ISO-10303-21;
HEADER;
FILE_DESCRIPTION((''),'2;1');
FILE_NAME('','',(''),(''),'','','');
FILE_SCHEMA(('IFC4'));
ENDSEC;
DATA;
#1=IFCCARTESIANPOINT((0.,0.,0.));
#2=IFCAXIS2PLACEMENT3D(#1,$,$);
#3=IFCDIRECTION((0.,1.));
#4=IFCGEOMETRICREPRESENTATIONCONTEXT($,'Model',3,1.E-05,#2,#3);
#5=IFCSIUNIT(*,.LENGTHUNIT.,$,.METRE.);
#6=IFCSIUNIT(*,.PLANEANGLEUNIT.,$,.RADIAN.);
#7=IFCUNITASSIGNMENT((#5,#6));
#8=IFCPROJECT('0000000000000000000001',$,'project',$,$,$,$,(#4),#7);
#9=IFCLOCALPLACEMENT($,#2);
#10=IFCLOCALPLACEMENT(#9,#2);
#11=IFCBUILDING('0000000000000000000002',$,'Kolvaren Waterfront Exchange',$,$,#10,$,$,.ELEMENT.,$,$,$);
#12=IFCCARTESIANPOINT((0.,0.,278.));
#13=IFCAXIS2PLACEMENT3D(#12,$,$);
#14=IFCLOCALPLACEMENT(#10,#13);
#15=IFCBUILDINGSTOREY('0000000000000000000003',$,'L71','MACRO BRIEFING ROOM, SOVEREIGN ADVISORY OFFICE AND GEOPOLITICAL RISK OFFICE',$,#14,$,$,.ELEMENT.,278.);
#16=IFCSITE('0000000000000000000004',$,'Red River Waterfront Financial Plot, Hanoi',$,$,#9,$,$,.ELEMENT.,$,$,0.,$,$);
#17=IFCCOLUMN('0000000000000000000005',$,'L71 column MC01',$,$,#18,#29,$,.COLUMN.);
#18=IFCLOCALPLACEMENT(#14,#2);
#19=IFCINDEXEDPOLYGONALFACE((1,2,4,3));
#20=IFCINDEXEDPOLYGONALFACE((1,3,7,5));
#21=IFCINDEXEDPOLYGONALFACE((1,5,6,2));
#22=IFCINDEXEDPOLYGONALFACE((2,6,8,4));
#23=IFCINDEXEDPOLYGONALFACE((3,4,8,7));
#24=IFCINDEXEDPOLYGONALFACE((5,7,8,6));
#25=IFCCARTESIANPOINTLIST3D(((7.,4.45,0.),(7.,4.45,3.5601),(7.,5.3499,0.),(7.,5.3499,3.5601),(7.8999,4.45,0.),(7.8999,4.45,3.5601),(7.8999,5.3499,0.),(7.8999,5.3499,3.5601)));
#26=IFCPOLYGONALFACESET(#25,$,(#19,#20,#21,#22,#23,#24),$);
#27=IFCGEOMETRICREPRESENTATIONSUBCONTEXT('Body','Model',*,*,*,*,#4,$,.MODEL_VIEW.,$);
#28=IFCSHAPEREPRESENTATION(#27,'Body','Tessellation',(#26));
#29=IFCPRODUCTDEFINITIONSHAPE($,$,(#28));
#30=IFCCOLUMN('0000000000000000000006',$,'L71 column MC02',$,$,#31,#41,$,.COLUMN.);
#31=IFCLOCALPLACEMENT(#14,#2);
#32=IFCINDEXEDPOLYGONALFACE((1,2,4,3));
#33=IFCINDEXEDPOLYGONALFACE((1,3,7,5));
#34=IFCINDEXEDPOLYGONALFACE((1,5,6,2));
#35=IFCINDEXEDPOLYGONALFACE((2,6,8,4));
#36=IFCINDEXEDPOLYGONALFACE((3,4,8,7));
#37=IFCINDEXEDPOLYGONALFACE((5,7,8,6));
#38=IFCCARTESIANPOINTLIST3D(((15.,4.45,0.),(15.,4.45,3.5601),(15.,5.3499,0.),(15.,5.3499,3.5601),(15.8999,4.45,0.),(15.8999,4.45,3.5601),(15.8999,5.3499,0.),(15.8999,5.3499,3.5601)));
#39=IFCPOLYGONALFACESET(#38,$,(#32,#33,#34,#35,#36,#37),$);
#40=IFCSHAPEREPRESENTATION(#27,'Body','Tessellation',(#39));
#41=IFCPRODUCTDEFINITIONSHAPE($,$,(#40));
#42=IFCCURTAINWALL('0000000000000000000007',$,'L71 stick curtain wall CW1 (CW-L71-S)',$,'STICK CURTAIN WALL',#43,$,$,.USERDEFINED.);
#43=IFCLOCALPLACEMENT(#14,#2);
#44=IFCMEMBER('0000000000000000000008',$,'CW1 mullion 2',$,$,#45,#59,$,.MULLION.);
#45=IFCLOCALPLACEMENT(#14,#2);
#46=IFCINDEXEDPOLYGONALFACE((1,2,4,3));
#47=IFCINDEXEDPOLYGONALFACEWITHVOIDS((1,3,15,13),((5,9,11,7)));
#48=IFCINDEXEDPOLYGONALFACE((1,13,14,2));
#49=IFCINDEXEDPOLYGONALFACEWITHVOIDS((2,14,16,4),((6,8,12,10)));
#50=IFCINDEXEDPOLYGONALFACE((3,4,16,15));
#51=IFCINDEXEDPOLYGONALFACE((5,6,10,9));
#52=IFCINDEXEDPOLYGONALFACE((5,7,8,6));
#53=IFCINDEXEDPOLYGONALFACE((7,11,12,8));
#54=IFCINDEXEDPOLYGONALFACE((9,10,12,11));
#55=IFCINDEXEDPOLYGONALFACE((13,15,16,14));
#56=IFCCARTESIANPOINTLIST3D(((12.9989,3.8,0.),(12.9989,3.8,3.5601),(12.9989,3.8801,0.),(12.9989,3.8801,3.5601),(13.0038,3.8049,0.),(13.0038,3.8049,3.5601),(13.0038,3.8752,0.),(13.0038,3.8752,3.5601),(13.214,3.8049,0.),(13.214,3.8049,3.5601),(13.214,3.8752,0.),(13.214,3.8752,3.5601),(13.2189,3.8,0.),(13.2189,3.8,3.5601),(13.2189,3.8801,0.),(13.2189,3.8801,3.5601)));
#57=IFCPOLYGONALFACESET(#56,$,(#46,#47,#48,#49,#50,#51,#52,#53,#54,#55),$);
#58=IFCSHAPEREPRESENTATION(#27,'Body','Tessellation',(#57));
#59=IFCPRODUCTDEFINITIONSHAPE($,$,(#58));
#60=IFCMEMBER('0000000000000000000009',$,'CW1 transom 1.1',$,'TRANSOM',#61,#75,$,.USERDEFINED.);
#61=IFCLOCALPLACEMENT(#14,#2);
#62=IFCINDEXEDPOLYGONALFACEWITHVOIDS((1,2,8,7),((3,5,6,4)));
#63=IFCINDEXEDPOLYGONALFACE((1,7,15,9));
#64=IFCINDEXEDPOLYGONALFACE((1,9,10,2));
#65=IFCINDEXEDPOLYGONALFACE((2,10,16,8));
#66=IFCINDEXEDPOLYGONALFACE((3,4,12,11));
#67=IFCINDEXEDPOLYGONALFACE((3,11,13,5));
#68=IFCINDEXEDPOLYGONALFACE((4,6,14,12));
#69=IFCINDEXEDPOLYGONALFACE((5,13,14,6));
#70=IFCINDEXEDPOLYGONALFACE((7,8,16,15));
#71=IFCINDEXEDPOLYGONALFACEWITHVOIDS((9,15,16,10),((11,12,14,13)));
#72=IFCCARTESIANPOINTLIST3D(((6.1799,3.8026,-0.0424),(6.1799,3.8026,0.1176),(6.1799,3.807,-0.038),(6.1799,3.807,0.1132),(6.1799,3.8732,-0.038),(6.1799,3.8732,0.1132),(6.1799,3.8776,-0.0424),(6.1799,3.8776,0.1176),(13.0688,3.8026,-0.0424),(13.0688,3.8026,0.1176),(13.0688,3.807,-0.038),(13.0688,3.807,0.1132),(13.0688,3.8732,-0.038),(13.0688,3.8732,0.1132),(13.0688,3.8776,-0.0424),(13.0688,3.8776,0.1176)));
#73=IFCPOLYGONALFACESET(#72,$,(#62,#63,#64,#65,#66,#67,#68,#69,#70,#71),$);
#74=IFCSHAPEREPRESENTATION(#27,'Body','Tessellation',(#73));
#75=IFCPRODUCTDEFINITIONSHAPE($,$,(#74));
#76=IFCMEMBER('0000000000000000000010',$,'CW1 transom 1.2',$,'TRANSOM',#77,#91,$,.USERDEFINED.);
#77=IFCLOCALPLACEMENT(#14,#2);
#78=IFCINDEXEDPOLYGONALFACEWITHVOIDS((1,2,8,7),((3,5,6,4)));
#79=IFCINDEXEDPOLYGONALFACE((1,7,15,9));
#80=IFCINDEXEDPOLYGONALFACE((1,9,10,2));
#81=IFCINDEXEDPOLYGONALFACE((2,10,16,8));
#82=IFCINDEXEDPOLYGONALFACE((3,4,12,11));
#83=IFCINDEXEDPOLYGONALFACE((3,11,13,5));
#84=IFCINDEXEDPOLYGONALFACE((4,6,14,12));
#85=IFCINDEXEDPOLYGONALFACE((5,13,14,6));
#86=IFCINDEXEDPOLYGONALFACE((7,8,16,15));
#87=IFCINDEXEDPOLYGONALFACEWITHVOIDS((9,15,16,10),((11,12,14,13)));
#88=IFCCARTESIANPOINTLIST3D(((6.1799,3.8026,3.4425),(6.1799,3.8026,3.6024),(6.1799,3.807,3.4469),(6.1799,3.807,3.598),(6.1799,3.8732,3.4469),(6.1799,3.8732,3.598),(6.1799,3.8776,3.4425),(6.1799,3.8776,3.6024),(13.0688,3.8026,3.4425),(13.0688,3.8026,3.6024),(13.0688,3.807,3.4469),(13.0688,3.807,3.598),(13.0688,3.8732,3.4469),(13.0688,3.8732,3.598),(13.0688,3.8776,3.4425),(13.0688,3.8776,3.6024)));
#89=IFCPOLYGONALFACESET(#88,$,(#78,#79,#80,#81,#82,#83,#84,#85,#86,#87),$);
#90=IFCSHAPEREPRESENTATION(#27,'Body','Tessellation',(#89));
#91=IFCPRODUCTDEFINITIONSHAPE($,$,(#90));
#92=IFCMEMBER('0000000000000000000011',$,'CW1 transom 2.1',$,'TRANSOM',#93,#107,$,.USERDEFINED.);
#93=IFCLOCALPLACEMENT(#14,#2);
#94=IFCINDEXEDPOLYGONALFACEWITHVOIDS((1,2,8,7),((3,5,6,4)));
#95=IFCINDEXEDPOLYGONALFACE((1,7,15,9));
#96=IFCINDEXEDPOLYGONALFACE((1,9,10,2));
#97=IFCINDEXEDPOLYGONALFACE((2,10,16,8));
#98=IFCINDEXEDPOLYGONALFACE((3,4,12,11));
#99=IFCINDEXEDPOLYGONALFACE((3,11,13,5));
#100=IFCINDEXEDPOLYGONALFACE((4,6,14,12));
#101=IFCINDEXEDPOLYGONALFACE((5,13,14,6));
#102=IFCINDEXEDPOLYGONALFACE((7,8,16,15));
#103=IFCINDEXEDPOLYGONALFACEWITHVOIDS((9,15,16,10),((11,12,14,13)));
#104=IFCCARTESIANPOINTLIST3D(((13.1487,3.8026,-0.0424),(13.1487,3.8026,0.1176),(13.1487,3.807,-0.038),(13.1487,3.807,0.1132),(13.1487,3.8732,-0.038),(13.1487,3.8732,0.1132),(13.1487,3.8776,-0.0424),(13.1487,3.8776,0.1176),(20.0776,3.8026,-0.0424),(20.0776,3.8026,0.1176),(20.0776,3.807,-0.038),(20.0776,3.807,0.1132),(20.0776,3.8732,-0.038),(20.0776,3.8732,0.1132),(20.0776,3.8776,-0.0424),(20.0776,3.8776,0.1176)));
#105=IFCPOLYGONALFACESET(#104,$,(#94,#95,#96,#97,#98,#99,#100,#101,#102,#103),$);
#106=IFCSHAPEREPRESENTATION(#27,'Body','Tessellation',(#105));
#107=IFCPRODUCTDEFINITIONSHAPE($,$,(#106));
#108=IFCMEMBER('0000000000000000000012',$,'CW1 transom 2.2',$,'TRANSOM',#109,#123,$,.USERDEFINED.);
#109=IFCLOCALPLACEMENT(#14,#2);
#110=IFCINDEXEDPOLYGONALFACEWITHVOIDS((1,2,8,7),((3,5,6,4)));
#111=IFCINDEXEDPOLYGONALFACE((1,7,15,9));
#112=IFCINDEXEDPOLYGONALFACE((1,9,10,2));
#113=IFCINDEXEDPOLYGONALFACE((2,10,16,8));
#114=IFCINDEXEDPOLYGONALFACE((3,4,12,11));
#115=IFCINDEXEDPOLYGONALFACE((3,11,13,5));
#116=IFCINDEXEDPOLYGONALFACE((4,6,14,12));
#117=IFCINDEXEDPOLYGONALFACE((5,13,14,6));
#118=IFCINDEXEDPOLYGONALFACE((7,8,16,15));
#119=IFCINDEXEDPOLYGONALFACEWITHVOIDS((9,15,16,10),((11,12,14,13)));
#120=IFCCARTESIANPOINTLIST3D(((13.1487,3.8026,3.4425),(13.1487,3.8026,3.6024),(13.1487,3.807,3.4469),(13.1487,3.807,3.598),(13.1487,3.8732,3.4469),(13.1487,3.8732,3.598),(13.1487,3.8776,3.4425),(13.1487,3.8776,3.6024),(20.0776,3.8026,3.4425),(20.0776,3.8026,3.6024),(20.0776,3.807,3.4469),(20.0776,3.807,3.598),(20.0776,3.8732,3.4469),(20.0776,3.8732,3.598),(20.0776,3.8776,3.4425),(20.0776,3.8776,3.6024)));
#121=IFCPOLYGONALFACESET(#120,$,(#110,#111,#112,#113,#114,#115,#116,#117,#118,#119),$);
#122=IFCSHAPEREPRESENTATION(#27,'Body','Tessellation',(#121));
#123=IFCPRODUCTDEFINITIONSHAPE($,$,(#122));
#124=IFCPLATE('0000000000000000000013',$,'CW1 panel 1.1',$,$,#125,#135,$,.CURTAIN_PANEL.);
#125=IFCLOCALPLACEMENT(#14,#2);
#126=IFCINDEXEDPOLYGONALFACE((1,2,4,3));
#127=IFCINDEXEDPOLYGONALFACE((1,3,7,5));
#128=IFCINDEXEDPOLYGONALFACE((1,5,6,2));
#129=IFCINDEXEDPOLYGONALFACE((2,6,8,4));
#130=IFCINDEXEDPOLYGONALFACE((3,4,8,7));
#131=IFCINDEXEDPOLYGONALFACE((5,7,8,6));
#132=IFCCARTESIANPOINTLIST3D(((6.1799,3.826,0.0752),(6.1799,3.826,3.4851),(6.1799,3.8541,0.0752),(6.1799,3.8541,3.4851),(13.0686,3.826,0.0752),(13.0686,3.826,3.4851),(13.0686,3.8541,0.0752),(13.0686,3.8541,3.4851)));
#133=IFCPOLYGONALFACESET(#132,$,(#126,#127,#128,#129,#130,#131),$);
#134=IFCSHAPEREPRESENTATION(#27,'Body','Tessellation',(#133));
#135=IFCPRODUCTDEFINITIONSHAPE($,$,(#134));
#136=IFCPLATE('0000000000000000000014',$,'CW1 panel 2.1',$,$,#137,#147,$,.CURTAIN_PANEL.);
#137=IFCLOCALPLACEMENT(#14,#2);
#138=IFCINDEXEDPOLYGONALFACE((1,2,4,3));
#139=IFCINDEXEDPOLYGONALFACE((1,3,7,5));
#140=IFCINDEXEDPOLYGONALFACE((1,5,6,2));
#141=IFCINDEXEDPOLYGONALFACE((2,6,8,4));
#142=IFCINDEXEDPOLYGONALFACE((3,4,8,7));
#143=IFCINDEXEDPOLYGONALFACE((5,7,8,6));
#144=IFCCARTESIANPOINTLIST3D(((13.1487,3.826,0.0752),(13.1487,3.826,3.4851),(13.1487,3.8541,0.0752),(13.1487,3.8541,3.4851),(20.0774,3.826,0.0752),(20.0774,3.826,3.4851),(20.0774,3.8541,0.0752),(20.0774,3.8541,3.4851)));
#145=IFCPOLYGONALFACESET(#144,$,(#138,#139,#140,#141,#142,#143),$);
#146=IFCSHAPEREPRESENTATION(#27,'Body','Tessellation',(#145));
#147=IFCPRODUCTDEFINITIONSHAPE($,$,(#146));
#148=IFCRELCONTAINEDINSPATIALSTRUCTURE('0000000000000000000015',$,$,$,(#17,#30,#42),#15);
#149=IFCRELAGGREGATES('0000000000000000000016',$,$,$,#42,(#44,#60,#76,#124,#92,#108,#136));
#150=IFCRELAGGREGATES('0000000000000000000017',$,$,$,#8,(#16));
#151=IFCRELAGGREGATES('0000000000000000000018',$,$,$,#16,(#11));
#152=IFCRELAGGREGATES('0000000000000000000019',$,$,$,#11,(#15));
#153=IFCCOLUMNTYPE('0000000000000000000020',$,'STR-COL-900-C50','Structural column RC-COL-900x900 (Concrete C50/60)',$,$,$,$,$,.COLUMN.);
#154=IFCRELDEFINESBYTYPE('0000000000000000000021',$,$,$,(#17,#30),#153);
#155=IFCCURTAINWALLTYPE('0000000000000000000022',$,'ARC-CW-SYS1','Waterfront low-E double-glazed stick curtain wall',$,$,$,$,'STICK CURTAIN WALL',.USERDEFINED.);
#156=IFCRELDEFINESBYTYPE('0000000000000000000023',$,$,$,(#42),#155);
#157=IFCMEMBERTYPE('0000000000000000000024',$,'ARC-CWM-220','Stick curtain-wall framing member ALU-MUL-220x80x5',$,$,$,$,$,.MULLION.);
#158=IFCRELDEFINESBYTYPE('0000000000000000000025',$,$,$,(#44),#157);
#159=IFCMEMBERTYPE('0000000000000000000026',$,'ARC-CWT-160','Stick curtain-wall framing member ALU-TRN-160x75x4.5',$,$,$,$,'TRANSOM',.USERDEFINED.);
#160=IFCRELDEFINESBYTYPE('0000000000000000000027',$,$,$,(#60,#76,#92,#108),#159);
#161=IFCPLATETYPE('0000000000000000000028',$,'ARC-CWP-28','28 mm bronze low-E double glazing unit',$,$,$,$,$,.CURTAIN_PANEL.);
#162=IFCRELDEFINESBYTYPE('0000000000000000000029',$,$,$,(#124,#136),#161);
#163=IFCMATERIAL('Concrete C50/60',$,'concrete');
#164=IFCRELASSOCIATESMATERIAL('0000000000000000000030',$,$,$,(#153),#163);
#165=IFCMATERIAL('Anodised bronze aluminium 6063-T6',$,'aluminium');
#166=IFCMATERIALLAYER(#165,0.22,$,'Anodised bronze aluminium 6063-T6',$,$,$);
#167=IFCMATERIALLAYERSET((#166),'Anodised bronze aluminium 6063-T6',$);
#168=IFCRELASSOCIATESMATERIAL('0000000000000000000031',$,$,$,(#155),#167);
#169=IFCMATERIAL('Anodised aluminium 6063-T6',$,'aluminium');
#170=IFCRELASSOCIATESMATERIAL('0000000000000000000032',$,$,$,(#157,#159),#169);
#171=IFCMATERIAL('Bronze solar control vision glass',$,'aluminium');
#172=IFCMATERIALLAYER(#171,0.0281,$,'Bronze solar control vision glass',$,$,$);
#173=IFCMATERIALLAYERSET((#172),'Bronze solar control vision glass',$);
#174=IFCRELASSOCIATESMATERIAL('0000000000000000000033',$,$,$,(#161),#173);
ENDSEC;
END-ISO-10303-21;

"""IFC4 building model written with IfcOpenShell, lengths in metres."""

from ifc_helpers import new_model, si_unit, direction, frame, origin, origin_with_axes, origin_2d, place, context, subcontext, project, spatial, rectangle, hollow_rectangle, extrude, source, transform, mapped, material, layer, layer_set, material_profile, profile_set, type_object, element, aggregate, save


model = new_model("IFC4")

# Units and contexts
model_context = context("Model", 3, precision=1e-05, world=origin(), true_north=direction((0.0, 1.0)))
body_context = subcontext(model_context, "Body", "Model", "MODEL_VIEW")
ifc_project = project(units=[si_unit("LENGTHUNIT", "METRE"), si_unit("PLANEANGLEUNIT", "RADIAN")], contexts=[model_context])

# Site, building, storey
site_placement = place(None, origin())
site = spatial("IfcSite", under=ifc_project, at=site_placement, Name="Red River Waterfront Financial Plot, Hanoi", CompositionType="ELEMENT", RefElevation=0.0)
building_placement = place(site_placement, origin())
building = spatial("IfcBuilding", under=site, at=building_placement, Name="Kolvaren Waterfront Exchange", CompositionType="ELEMENT")
storey_placement = place(building_placement, frame((0.0, 0.0, 278.0)))
storey = spatial("IfcBuildingStorey", under=building, at=storey_placement, Name="L71", Description="MACRO BRIEFING ROOM, SOVEREIGN ADVISORY OFFICE AND GEOPOLITICAL RISK OFFICE", CompositionType="ELEMENT", Elevation=278.0)

# Columns
ifc_material_1 = material(Name="Concrete C50/60", Category="concrete")
ifc_material_profile_1 = material_profile(ifc_material_1, rectangle(XDim=0.8999, YDim=0.8999, at=origin_2d()), Name="RC-COL-900x900")
ifc_profile_set_1 = profile_set([ifc_material_profile_1], Name="Concrete C50/60")
column_type = type_object("IfcColumnType", Name="STR-COL-900-C50", Description="Structural column RC-COL-900x900 (Concrete C50/60)", PredefinedType="COLUMN", material=ifc_profile_set_1)
for number, where, z_axis, x_axis, name in (
    (1, (7.45, 4.8999, 0.0), (0.0, 0.0, 1.0), (1.0, 0.0, 0.0), "L71 column MC01"),
    (2, (15.45, 4.8999, 0.0), (0.0, 0.0, 1.0), (1.0, 0.0, 0.0), "L71 column MC02"),
):
    element("IfcColumn", number, at=place(storey_placement, frame(where, z_axis=z_axis, x_axis=x_axis)), inside=storey, type_object=column_type, Name=name, PredefinedType="COLUMN", context=body_context, shape_type="SweptSolid", body=[
        extrude(rectangle(XDim=0.8999, YDim=0.8999, at=origin_2d()), origin(), (0.0, 0.0, 1.0), 3.5601),
    ])

# Curtain wall, members, plates
ifc_material_2 = material(Name="Anodised bronze aluminium 6063-T6", Category="aluminium")
ifc_layer_1 = layer(ifc_material_2, 0.22, Name="Anodised bronze aluminium 6063-T6")
ifc_layer_set_1 = layer_set([ifc_layer_1], Name="Anodised bronze aluminium 6063-T6")
curtain_wall_type = type_object("IfcCurtainWallType", Name="ARC-CW-SYS1", Description="Waterfront low-E double-glazed stick curtain wall", ElementType="STICK CURTAIN WALL", PredefinedType="USERDEFINED", material=ifc_layer_set_1)
curtain_wall_placement = place(storey_placement, origin())
curtain_wall = element("IfcCurtainWall", 3, at=curtain_wall_placement, inside=storey, type_object=curtain_wall_type, Name="L71 stick curtain wall CW1 (CW-L71-S)", ObjectType="STICK CURTAIN WALL", PredefinedType="USERDEFINED")
ifc_material_3 = material(Name="Anodised aluminium 6063-T6", Category="aluminium")
ifc_material_profile_2 = material_profile(ifc_material_3, hollow_rectangle(XDim=0.0801, YDim=0.22, WallThickness=0.0049, at=origin_2d()), Name="ALU-MUL-220x80x5")
ifc_profile_set_2 = profile_set([ifc_material_profile_2], Name="Anodised aluminium 6063-T6")
member_type_1 = type_object("IfcMemberType", Name="ARC-CWM-220", Description="Stick curtain-wall framing member ALU-MUL-220x80x5", PredefinedType="MULLION", material=ifc_profile_set_2)
shared_shape_1 = source(origin_with_axes(), body_context, "Body", "SweptSolid", [
    extrude(hollow_rectangle(XDim=0.0801, YDim=0.22, WallThickness=0.0049, at=origin_2d()), origin(), (0.0, 0.0, 1.0), 3.5601),
])
member_1_placement = place(storey_placement, frame((13.1089, 3.8401, 0.0), z_axis=(0.0, 0.0, 1.0), x_axis=(0.0, 1.0, 0.0)))
member_1 = element("IfcMember", 4, at=member_1_placement, type_object=member_type_1, Name="CW1 mullion 2", PredefinedType="MULLION", context=body_context, shape_type="MappedRepresentation", body=[
    mapped(shared_shape_1, transform((0.0, 0.0, 0.0), x_axis=(1.0, 0.0, 0.0), y_axis=(0.0, 1.0, 0.0), z_axis=(0.0, 0.0, 1.0), scale=1.0)),
])
ifc_material_profile_3 = material_profile(ifc_material_3, hollow_rectangle(XDim=0.075, YDim=0.1599, WallThickness=0.0044, at=origin_2d()), Name="ALU-TRN-160x75x4.5")
ifc_profile_set_3 = profile_set([ifc_material_profile_3], Name="Anodised aluminium 6063-T6")
member_type_2 = type_object("IfcMemberType", Name="ARC-CWT-160", Description="Stick curtain-wall framing member ALU-TRN-160x75x4.5", ElementType="TRANSOM", PredefinedType="USERDEFINED", material=ifc_profile_set_3)
shared_shape_2 = source(origin_with_axes(), body_context, "Body", "SweptSolid", [
    extrude(hollow_rectangle(XDim=0.075, YDim=0.1599, WallThickness=0.0044, at=origin_2d()), origin(), (0.0, 0.0, 1.0), 6.8889),
])
member_2_placement = place(storey_placement, frame((6.1799, 3.8401, 0.0376), z_axis=(1.0, 0.0, 0.0), x_axis=(0.0, 1.0, 0.0)))
member_2 = element("IfcMember", 5, at=member_2_placement, type_object=member_type_2, Name="CW1 transom 1.1", ObjectType="TRANSOM", PredefinedType="USERDEFINED", context=body_context, shape_type="MappedRepresentation", body=[
    mapped(shared_shape_2, transform((0.0, 0.0, 0.0), x_axis=(1.0, 0.0, 0.0), y_axis=(0.0, 1.0, 0.0), z_axis=(0.0, 0.0, 1.0), scale=1.0)),
])
member_3_placement = place(storey_placement, frame((6.1799, 3.8401, 3.5225), z_axis=(1.0, 0.0, 0.0), x_axis=(0.0, 1.0, 0.0)))
member_3 = element("IfcMember", 6, at=member_3_placement, type_object=member_type_2, Name="CW1 transom 1.2", ObjectType="TRANSOM", PredefinedType="USERDEFINED", context=body_context, shape_type="MappedRepresentation", body=[
    mapped(shared_shape_2, transform((0.0, 0.0, 0.0), x_axis=(1.0, 0.0, 0.0), y_axis=(0.0, 1.0, 0.0), z_axis=(0.0, 0.0, 1.0), scale=1.0)),
])
shared_shape_3 = source(origin_with_axes(), body_context, "Body", "SweptSolid", [
    extrude(hollow_rectangle(XDim=0.075, YDim=0.1599, WallThickness=0.0044, at=origin_2d()), origin(), (0.0, 0.0, 1.0), 6.929),
])
member_4_placement = place(storey_placement, frame((13.1487, 3.8401, 0.0376), z_axis=(1.0, 0.0, 0.0), x_axis=(0.0, 1.0, 0.0)))
member_4 = element("IfcMember", 7, at=member_4_placement, type_object=member_type_2, Name="CW1 transom 2.1", ObjectType="TRANSOM", PredefinedType="USERDEFINED", context=body_context, shape_type="MappedRepresentation", body=[
    mapped(shared_shape_3, transform((0.0, 0.0, 0.0), x_axis=(1.0, 0.0, 0.0), y_axis=(0.0, 1.0, 0.0), z_axis=(0.0, 0.0, 1.0), scale=1.0)),
])
member_5_placement = place(storey_placement, frame((13.1487, 3.8401, 3.5225), z_axis=(1.0, 0.0, 0.0), x_axis=(0.0, 1.0, 0.0)))
member_5 = element("IfcMember", 8, at=member_5_placement, type_object=member_type_2, Name="CW1 transom 2.2", ObjectType="TRANSOM", PredefinedType="USERDEFINED", context=body_context, shape_type="MappedRepresentation", body=[
    mapped(shared_shape_3, transform((0.0, 0.0, 0.0), x_axis=(1.0, 0.0, 0.0), y_axis=(0.0, 1.0, 0.0), z_axis=(0.0, 0.0, 1.0), scale=1.0)),
])
ifc_material_4 = material(Name="Bronze solar control vision glass", Category="aluminium")
ifc_layer_2 = layer(ifc_material_4, 0.0281, Name="Bronze solar control vision glass")
ifc_layer_set_2 = layer_set([ifc_layer_2], Name="Bronze solar control vision glass")
plate_type = type_object("IfcPlateType", Name="ARC-CWP-28", Description="28 mm bronze low-E double glazing unit", PredefinedType="CURTAIN_PANEL", material=ifc_layer_set_2)
shared_shape_4 = source(origin_with_axes(), body_context, "Body", "SweptSolid", [
    extrude(rectangle(XDim=6.8887, YDim=0.0281, at=origin_2d()), origin(), (0.0, 0.0, 1.0), 3.4099),
])
plate_1_placement = place(storey_placement, frame((9.6243, 3.8401, 0.0752), z_axis=(0.0, 0.0, 1.0), x_axis=(1.0, 0.0, 0.0)))
plate_1 = element("IfcPlate", 9, at=plate_1_placement, type_object=plate_type, Name="CW1 panel 1.1", PredefinedType="CURTAIN_PANEL", context=body_context, shape_type="MappedRepresentation", body=[
    mapped(shared_shape_4, transform((0.0, 0.0, 0.0), x_axis=(1.0, 0.0, 0.0), y_axis=(0.0, 1.0, 0.0), z_axis=(0.0, 0.0, 1.0), scale=1.0)),
])
shared_shape_5 = source(origin_with_axes(), body_context, "Body", "SweptSolid", [
    extrude(rectangle(XDim=6.9287, YDim=0.0281, at=origin_2d()), origin(), (0.0, 0.0, 1.0), 3.4099),
])
plate_2_placement = place(storey_placement, frame((16.613, 3.8401, 0.0752), z_axis=(0.0, 0.0, 1.0), x_axis=(1.0, 0.0, 0.0)))
plate_2 = element("IfcPlate", 10, at=plate_2_placement, type_object=plate_type, Name="CW1 panel 2.1", PredefinedType="CURTAIN_PANEL", context=body_context, shape_type="MappedRepresentation", body=[
    mapped(shared_shape_5, transform((0.0, 0.0, 0.0), x_axis=(1.0, 0.0, 0.0), y_axis=(0.0, 1.0, 0.0), z_axis=(0.0, 0.0, 1.0), scale=1.0)),
])
aggregate(curtain_wall, [member_1, member_2, member_3, plate_1, member_4, member_5, plate_2])

save(model, "model.ifc")
